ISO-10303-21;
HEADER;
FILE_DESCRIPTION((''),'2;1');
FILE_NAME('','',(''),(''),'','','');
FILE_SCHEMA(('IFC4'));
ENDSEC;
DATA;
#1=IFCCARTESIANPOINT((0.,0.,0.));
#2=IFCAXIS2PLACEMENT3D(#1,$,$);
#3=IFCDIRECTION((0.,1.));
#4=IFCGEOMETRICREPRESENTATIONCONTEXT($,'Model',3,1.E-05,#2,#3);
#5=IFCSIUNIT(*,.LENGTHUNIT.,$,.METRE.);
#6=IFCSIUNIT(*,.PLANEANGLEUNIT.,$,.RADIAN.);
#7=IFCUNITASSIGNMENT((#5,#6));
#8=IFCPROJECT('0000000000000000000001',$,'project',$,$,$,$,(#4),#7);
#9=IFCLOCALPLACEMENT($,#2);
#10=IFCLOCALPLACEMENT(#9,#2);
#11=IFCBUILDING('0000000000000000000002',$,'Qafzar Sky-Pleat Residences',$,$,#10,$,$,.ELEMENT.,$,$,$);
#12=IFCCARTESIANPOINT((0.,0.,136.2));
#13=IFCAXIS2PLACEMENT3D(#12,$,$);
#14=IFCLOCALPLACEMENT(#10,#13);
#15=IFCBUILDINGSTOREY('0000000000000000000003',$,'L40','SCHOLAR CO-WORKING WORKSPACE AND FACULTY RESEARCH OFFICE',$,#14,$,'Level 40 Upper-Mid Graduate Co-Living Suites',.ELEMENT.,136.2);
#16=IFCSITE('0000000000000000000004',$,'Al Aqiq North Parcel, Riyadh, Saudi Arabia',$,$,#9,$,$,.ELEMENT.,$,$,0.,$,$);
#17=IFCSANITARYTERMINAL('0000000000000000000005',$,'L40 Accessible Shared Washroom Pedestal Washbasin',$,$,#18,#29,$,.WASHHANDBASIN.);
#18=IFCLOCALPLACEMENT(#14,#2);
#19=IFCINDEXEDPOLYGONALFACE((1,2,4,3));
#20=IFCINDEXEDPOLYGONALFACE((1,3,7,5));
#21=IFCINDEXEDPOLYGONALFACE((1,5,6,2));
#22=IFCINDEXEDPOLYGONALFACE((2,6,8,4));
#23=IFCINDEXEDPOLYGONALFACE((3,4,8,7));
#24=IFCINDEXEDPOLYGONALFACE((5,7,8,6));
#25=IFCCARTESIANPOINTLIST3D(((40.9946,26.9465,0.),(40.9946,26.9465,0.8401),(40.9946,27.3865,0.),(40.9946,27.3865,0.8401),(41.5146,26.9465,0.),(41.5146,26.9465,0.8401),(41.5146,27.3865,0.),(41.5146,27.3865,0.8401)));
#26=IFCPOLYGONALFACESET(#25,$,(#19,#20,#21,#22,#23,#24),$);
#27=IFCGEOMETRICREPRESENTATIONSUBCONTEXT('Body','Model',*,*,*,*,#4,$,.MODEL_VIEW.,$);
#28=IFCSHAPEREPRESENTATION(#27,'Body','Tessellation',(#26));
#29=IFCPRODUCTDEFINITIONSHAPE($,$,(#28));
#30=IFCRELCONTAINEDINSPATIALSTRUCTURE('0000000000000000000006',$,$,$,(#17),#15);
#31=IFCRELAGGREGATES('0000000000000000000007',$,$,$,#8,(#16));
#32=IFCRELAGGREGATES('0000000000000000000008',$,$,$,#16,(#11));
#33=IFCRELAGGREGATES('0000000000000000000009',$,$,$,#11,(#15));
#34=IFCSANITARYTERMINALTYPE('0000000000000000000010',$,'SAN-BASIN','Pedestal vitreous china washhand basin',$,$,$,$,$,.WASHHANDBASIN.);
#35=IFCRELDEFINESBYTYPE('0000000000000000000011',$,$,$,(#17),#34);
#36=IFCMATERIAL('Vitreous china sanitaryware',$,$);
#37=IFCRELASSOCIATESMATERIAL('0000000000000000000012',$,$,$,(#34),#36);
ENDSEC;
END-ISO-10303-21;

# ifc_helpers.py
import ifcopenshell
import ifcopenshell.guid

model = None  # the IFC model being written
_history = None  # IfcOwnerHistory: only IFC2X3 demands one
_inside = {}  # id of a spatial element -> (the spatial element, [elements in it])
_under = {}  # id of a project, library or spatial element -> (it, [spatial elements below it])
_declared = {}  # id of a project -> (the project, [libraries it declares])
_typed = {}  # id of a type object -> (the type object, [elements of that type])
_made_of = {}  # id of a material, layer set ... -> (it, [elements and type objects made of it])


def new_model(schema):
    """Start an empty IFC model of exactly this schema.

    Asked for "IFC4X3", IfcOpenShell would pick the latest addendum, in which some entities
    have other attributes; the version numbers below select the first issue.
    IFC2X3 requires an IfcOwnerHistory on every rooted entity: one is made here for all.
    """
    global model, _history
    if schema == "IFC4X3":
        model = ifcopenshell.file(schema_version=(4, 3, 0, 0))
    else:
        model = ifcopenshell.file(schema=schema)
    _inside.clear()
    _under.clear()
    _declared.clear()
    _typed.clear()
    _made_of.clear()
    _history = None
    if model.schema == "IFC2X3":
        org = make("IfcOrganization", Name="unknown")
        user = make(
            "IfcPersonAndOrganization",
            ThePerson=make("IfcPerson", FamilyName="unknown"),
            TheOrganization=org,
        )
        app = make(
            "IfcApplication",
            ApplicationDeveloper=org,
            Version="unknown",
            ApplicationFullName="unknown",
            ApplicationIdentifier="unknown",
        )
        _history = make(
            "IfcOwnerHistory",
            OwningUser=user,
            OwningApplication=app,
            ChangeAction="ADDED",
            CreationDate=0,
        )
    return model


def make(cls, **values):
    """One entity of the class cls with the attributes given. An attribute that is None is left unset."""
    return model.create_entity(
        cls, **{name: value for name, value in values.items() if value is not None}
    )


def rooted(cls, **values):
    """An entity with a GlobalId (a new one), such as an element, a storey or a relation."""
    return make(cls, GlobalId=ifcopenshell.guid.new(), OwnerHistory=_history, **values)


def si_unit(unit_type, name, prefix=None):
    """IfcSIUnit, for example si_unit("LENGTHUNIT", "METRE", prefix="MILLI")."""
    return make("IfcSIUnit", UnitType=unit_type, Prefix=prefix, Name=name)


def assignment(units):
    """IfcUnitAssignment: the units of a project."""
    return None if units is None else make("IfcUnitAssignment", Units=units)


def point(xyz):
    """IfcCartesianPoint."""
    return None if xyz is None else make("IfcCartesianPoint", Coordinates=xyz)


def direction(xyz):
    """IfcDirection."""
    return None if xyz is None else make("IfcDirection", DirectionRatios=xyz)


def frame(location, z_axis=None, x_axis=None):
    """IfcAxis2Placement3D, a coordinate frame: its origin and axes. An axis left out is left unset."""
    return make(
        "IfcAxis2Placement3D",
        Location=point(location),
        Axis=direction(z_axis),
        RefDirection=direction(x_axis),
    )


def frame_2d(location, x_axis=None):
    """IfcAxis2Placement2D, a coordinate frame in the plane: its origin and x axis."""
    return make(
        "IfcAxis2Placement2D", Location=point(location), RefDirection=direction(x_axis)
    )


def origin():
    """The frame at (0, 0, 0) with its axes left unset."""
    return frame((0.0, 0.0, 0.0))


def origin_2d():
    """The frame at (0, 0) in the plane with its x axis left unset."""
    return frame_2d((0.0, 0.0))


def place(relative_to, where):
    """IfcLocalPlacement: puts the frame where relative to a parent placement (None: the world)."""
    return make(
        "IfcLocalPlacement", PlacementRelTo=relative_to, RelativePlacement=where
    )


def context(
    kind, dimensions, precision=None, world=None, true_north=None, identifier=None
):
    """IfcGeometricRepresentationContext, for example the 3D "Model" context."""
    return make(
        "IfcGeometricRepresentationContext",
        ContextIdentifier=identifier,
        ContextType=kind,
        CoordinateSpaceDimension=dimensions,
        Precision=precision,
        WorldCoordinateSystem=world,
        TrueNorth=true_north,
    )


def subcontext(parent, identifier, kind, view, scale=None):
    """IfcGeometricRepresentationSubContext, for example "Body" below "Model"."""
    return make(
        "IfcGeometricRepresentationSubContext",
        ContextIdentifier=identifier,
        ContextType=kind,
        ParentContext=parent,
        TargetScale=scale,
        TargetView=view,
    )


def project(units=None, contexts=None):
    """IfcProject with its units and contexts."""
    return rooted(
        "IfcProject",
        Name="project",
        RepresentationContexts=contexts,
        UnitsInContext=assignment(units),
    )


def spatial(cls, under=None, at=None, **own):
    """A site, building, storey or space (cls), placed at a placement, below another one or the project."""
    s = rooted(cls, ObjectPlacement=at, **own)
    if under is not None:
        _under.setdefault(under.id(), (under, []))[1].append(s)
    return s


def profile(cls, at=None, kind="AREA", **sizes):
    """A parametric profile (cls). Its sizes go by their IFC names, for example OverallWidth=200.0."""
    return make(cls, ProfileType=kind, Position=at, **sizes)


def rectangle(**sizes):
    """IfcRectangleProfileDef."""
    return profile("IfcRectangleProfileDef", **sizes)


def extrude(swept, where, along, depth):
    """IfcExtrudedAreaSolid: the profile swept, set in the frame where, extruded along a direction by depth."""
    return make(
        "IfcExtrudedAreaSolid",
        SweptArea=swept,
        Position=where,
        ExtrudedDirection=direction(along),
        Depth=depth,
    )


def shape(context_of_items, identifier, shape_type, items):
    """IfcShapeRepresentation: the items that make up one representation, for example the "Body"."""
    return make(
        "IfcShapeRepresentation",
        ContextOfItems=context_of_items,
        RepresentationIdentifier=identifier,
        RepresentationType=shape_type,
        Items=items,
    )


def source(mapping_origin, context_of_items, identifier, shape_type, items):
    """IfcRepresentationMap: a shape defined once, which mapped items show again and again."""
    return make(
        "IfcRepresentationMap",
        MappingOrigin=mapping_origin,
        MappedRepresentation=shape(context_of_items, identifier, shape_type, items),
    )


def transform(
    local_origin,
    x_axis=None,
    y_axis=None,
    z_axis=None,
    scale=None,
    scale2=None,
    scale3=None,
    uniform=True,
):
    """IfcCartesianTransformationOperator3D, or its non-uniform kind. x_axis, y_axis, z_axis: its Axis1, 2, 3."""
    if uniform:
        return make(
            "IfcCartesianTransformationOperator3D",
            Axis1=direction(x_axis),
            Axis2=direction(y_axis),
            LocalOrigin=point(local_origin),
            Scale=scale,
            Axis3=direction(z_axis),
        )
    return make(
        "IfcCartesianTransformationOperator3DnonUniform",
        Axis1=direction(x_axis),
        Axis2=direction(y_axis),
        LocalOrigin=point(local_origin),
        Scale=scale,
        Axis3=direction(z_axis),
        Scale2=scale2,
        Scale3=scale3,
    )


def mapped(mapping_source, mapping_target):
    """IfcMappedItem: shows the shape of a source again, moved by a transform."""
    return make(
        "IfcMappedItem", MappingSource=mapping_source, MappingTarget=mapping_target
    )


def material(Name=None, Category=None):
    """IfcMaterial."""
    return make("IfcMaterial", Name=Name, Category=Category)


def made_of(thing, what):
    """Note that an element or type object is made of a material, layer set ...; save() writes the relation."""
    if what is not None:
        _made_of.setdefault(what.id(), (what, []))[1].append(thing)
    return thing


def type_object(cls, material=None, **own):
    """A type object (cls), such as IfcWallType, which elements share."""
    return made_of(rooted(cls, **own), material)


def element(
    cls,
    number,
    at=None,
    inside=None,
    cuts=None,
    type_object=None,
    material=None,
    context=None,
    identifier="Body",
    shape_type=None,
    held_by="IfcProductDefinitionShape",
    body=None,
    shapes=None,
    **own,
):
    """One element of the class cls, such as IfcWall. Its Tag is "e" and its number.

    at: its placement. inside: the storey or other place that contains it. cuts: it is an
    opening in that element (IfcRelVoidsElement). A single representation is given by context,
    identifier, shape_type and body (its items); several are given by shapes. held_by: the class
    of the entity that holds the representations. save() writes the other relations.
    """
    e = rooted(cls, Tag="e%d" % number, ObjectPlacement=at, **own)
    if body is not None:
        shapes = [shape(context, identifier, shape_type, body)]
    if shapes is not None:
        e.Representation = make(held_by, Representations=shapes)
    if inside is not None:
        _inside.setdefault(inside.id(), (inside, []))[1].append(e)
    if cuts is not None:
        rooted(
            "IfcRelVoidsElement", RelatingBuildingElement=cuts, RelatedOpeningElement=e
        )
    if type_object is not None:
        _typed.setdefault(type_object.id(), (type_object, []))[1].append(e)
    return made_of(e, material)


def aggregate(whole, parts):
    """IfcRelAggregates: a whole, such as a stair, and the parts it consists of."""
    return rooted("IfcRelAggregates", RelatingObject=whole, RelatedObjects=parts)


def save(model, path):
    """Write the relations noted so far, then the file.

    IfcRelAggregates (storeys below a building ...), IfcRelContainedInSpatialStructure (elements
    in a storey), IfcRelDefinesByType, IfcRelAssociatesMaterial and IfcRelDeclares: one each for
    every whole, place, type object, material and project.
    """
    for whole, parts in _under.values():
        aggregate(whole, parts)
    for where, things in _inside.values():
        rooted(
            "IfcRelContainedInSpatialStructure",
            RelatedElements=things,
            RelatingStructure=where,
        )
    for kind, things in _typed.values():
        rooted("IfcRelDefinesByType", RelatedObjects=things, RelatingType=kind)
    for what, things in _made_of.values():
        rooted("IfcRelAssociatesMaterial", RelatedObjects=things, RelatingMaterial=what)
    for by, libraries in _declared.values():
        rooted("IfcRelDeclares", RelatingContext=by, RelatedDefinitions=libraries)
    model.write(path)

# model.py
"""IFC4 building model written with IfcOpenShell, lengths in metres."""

from ifc_helpers import new_model, si_unit, direction, frame, origin, origin_2d, place, context, subcontext, project, spatial, rectangle, extrude, source, transform, mapped, material, type_object, element, save


model = new_model("IFC4")

# Units and contexts
model_context = context("Model", 3, precision=1e-05, world=origin(), true_north=direction((0.0, 1.0)))
body_context = subcontext(model_context, "Body", "Model", "MODEL_VIEW")
ifc_project = project(units=[si_unit("LENGTHUNIT", "METRE"), si_unit("PLANEANGLEUNIT", "RADIAN")], contexts=[model_context])

# Site, building, storey
site_placement = place(None, origin())
site = spatial("IfcSite", under=ifc_project, at=site_placement, Name="Al Aqiq North Parcel, Riyadh, Saudi Arabia", CompositionType="ELEMENT", RefElevation=0.0)
building_placement = place(site_placement, origin())
building = spatial("IfcBuilding", under=site, at=building_placement, Name="Qafzar Sky-Pleat Residences", CompositionType="ELEMENT")
storey_placement = place(building_placement, frame((0.0, 0.0, 136.2)))
storey = spatial("IfcBuildingStorey", under=building, at=storey_placement, Name="L40", Description="SCHOLAR CO-WORKING WORKSPACE AND FACULTY RESEARCH OFFICE", LongName="Level 40 Upper-Mid Graduate Co-Living Suites", CompositionType="ELEMENT", Elevation=136.2)

# Sanitary terminal
ifc_material_1 = material(Name="Vitreous china sanitaryware")
sanitary_terminal_type_1 = type_object("IfcSanitaryTerminalType", Name="SAN-BASIN", Description="Pedestal vitreous china washhand basin", PredefinedType="WASHHANDBASIN", material=ifc_material_1)
shared_shape_1 = source(origin(), body_context, "Body", "SweptSolid", [
    extrude(rectangle(XDim=0.52, YDim=0.4399, at=origin_2d()), origin(), (0.0, 0.0, 1.0), 0.8401),
])
sanitary_terminal_1_placement = place(storey_placement, frame((41.2546, 27.1665, 0.0), z_axis=(0.0, 0.0, 1.0), x_axis=(1.0, 0.0, 0.0)))
element("IfcSanitaryTerminal", 1, at=sanitary_terminal_1_placement, inside=storey, type_object=sanitary_terminal_type_1, Name="L40 Accessible Shared Washroom Pedestal Washbasin", PredefinedType="WASHHANDBASIN", context=body_context, shape_type="MappedRepresentation", body=[
    mapped(shared_shape_1, transform((0.0, 0.0, 0.0), x_axis=(1.0, 0.0, 0.0), y_axis=(0.0, 1.0, 0.0), z_axis=(0.0, 0.0, 1.0), scale=1.0)),
])

save(model, "model.ifc")
